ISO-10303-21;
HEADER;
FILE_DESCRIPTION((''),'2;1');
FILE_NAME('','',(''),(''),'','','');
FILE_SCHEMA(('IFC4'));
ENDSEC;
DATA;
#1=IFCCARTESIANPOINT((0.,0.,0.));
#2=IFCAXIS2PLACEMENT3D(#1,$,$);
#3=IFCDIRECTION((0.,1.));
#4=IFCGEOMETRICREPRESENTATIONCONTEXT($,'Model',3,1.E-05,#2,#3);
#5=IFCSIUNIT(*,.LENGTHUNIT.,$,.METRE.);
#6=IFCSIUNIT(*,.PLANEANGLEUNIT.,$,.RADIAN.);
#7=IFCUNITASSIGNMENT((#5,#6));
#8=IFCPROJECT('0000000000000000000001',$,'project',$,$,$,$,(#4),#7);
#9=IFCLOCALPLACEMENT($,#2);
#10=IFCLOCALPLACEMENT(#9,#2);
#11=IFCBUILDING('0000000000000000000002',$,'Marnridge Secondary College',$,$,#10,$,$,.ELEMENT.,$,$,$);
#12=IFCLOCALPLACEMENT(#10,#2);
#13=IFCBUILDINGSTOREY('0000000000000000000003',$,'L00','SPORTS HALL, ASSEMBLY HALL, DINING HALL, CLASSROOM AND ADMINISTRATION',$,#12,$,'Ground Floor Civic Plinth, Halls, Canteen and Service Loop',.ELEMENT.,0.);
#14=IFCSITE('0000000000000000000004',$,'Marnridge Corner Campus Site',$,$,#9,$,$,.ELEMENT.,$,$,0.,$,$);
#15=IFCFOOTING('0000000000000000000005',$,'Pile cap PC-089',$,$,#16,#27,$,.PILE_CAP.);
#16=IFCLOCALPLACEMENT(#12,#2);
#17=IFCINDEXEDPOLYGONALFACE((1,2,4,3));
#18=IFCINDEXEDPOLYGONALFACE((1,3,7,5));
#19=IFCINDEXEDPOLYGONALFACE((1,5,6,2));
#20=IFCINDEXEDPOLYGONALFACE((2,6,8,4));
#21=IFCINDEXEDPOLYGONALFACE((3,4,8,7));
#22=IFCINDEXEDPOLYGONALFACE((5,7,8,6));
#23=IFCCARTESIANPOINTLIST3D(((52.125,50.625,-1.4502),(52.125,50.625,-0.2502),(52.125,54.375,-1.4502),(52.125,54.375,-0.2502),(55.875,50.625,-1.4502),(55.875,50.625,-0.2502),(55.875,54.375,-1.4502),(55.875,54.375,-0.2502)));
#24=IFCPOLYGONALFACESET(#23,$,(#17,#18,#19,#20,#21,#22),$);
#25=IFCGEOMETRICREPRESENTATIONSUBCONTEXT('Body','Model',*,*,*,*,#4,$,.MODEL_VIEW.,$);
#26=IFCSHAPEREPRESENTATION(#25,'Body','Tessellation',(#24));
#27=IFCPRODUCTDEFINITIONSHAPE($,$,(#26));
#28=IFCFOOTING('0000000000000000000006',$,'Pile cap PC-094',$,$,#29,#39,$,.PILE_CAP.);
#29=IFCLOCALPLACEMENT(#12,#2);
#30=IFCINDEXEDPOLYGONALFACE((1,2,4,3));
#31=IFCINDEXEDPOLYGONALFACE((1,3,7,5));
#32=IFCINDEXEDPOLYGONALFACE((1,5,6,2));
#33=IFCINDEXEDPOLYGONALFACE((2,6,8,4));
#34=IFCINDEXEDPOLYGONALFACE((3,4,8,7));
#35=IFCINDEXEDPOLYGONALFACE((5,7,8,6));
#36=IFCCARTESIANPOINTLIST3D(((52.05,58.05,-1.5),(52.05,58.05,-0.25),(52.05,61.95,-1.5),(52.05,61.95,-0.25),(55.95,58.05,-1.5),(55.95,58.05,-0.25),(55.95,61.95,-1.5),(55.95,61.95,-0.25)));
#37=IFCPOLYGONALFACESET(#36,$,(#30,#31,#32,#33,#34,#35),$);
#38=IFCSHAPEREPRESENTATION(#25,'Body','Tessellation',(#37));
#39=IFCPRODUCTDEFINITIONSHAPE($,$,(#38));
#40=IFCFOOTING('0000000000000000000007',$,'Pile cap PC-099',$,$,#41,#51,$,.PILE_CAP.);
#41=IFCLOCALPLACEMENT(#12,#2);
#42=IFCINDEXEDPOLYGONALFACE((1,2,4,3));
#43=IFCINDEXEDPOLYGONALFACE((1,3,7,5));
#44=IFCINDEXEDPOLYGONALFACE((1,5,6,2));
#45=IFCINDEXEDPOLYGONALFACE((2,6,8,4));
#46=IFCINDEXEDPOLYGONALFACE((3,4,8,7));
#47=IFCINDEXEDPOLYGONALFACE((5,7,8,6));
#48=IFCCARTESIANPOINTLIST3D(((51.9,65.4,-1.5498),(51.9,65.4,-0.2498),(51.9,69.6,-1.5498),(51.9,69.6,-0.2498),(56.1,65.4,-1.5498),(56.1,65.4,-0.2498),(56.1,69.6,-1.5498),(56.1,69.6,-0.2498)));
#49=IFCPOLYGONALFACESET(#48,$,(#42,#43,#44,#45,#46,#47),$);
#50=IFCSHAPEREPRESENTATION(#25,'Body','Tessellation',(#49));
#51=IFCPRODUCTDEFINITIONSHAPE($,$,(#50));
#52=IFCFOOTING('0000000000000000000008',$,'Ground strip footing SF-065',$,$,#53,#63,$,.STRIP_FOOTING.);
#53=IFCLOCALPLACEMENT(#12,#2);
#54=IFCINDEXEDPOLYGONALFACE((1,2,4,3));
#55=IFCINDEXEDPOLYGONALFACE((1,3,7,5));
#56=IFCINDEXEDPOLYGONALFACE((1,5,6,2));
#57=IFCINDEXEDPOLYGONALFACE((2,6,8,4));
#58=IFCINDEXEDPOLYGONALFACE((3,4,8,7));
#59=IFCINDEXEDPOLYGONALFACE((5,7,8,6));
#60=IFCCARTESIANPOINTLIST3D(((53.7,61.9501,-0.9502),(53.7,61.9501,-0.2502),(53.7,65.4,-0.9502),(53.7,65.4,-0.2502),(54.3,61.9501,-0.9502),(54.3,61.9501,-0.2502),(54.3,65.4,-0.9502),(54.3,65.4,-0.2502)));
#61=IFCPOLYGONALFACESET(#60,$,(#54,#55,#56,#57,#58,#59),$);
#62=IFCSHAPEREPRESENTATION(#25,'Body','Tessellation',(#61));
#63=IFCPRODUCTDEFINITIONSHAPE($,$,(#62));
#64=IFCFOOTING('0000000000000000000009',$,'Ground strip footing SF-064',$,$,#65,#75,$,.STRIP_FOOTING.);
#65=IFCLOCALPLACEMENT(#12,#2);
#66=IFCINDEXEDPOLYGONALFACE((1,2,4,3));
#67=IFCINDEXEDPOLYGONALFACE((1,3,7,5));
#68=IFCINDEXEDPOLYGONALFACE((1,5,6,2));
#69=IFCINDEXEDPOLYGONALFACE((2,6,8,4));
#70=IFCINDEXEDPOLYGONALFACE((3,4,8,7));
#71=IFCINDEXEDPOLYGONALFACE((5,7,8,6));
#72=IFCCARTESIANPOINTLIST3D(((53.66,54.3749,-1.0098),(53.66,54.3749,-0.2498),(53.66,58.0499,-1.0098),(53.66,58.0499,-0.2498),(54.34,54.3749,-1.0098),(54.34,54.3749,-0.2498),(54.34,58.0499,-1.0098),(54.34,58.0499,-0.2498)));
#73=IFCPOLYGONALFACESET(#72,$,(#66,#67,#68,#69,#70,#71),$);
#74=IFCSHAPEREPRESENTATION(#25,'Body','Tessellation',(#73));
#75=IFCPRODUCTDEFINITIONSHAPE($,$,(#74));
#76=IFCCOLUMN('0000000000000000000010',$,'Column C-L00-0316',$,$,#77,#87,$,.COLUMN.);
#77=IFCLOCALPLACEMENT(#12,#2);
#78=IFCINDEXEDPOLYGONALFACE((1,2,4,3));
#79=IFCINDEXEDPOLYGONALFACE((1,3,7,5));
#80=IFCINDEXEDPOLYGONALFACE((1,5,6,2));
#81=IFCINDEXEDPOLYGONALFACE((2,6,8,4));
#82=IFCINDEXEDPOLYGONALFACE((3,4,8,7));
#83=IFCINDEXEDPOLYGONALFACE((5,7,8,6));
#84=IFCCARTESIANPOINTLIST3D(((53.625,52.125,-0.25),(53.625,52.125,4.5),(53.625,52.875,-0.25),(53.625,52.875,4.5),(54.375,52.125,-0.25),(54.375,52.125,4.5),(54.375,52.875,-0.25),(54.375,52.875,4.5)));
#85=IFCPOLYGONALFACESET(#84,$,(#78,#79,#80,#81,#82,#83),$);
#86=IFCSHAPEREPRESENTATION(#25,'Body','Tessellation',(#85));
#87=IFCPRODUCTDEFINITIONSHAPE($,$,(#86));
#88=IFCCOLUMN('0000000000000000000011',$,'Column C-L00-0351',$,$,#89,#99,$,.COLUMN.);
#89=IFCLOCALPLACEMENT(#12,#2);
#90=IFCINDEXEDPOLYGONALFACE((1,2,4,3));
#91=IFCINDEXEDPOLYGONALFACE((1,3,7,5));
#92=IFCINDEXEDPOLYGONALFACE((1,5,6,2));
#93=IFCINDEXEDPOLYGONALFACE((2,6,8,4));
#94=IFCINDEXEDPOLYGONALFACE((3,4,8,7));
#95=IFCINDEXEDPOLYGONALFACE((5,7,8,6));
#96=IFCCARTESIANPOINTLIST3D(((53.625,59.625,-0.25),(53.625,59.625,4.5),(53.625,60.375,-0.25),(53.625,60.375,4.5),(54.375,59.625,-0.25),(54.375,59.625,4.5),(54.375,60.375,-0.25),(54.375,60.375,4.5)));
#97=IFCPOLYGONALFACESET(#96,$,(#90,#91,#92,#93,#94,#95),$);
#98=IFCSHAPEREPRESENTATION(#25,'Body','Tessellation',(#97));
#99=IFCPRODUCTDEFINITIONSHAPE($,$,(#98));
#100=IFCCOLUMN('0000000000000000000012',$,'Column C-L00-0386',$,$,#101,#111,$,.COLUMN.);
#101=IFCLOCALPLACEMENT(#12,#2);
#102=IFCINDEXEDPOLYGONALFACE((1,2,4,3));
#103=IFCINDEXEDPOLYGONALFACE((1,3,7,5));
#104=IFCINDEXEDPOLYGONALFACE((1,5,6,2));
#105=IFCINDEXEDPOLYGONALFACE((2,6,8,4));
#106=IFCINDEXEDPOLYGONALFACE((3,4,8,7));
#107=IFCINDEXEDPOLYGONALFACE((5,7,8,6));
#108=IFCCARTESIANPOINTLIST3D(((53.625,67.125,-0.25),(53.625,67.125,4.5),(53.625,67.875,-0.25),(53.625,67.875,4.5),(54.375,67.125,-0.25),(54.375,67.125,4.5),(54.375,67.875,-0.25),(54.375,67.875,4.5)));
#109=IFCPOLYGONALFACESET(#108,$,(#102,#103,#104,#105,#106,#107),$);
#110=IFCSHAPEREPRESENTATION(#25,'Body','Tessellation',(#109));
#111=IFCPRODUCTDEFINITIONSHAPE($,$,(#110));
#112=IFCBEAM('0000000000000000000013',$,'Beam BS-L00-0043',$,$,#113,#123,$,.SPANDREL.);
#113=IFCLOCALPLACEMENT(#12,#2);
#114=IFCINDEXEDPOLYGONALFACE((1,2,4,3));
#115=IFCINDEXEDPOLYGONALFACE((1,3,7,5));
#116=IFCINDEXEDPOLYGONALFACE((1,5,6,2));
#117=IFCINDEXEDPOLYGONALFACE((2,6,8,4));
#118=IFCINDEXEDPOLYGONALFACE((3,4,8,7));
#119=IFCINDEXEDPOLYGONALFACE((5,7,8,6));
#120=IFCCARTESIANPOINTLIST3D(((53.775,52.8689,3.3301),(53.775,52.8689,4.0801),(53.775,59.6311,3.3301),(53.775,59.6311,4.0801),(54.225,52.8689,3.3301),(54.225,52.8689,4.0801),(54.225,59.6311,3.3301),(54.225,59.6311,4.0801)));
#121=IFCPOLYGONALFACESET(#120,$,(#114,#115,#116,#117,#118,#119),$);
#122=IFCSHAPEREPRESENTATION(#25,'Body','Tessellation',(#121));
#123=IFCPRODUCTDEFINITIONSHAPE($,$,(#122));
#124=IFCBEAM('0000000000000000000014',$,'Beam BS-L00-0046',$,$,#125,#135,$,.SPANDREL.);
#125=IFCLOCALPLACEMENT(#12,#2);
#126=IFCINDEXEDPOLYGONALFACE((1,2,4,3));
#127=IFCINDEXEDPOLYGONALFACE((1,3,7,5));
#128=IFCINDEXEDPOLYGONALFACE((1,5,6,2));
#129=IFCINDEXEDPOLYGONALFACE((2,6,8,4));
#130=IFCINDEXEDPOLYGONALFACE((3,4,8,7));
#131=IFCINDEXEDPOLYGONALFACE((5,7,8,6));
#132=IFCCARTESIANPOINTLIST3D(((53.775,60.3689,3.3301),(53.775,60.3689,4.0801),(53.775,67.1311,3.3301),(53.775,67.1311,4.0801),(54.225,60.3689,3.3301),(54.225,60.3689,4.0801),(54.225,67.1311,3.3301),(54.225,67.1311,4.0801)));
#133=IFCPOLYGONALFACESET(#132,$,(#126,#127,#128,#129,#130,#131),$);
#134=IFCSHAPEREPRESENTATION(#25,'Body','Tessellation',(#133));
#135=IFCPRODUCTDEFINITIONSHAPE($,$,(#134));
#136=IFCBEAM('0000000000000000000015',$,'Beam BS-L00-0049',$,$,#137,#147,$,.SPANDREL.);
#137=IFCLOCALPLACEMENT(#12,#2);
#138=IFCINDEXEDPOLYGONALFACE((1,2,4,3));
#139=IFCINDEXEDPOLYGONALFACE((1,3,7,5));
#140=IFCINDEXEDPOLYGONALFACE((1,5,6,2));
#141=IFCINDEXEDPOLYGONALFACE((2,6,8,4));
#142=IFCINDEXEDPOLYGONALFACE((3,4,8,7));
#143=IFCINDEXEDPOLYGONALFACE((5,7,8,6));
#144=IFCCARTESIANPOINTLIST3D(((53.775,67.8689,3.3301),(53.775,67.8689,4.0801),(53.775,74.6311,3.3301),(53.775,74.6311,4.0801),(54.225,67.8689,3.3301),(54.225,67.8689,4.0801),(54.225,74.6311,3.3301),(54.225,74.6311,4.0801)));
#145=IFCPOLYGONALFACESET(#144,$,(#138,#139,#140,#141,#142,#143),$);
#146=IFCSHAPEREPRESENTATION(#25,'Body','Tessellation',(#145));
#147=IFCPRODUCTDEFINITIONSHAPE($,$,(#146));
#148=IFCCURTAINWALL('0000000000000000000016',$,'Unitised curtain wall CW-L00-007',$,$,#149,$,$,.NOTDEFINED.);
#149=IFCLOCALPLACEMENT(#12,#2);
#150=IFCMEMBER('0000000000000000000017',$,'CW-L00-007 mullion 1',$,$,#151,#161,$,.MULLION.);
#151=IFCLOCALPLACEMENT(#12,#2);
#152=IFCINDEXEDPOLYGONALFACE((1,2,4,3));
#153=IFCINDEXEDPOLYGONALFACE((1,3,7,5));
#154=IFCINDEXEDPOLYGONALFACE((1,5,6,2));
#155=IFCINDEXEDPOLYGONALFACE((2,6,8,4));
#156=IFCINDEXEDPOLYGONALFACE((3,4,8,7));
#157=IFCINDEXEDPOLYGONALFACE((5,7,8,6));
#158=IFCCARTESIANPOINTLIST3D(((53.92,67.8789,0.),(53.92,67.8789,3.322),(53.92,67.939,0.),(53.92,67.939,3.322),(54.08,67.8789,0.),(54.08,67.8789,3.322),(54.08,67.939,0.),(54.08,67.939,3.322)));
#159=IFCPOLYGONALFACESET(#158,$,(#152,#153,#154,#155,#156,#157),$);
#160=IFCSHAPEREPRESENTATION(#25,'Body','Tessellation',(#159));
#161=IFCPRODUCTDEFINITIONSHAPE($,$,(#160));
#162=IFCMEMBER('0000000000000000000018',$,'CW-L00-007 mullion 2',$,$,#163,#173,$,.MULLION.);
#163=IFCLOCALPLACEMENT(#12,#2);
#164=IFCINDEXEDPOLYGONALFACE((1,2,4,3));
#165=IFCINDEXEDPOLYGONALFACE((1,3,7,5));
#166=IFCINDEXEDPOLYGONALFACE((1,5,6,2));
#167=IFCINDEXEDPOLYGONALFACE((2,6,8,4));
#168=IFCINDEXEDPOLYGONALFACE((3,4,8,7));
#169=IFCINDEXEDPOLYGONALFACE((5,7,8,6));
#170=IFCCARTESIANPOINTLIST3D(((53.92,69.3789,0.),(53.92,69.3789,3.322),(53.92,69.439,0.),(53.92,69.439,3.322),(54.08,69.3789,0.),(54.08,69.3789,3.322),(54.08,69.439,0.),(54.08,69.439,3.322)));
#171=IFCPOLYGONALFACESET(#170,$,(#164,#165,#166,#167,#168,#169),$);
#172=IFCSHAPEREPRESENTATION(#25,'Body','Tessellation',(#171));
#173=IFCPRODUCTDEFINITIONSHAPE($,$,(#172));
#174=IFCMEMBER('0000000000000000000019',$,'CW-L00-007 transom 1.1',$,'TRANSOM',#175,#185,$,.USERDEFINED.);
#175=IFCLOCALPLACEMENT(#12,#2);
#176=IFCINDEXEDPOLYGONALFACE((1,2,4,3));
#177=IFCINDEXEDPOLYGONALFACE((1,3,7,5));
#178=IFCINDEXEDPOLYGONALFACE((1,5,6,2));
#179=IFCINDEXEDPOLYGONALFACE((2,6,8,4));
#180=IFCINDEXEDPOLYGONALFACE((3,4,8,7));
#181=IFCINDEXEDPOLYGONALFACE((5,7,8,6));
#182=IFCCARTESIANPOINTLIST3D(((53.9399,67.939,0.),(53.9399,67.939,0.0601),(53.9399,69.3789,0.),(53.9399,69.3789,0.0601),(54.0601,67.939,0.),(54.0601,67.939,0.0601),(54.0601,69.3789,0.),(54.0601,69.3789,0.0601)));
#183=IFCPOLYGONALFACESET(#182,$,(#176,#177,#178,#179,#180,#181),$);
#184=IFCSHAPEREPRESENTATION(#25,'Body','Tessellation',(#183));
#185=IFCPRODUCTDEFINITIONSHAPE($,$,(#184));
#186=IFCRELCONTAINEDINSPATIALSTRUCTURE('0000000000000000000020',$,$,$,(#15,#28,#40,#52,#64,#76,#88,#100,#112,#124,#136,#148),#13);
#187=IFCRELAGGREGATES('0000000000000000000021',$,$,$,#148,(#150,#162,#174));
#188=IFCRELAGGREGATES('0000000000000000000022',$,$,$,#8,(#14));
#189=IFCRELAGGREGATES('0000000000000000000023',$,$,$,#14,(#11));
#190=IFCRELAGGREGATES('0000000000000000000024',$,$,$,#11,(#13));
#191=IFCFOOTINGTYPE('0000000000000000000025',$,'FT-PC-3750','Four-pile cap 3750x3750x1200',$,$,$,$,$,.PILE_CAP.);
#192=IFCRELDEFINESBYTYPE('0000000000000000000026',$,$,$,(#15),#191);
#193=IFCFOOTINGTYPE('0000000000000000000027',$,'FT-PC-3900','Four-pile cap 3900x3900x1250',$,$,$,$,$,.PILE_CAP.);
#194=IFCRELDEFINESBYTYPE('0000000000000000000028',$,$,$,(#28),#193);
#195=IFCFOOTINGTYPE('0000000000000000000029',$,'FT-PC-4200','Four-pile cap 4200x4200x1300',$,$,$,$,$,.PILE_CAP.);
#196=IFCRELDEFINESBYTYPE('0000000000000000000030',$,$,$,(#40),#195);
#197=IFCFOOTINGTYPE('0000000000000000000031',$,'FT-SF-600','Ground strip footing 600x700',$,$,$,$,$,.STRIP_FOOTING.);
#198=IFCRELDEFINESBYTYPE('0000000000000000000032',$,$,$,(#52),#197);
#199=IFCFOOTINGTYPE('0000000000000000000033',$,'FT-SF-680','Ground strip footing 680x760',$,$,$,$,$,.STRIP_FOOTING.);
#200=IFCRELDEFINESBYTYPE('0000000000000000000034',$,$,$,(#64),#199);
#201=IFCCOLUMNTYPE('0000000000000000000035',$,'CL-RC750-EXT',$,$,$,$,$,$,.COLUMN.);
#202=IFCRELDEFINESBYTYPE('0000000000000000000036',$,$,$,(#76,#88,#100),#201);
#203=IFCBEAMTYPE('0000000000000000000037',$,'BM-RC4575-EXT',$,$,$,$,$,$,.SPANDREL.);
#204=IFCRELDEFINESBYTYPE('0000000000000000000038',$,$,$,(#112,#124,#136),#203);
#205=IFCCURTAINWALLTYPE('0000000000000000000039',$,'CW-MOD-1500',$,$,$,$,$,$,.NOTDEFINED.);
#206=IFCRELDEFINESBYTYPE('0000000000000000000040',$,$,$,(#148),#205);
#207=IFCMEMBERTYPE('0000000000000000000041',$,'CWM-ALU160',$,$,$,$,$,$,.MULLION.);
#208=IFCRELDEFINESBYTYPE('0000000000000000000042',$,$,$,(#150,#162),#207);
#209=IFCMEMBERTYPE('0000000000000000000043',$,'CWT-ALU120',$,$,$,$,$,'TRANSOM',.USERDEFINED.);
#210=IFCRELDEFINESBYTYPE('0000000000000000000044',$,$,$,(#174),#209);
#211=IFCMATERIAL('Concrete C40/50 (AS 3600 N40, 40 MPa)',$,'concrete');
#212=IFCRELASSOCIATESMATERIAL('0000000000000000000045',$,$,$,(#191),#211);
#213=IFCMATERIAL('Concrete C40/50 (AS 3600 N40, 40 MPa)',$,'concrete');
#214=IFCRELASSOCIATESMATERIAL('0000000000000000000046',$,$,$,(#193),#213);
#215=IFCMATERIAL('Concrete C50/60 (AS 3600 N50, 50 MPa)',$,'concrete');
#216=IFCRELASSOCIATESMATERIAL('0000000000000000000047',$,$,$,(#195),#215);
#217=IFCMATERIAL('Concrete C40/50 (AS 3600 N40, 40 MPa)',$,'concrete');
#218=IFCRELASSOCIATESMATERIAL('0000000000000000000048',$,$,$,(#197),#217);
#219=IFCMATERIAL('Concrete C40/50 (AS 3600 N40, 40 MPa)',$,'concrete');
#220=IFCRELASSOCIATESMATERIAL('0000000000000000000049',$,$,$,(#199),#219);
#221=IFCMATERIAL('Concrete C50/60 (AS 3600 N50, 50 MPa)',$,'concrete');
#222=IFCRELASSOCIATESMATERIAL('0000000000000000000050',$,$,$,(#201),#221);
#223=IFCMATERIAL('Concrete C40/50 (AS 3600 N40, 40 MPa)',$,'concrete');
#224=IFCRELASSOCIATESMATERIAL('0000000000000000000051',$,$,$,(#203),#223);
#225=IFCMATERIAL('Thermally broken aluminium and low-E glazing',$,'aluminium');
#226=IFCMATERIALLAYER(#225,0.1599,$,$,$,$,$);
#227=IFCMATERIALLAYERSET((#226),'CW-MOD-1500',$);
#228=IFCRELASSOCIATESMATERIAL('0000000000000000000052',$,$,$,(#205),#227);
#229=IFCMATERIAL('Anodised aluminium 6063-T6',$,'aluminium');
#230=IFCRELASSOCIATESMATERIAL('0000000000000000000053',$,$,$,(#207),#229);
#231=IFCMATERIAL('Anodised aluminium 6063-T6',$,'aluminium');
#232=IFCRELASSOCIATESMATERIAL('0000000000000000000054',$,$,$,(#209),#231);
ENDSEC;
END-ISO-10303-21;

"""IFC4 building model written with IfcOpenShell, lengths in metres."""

from ifc_helpers import new_model, si_unit, direction, frame, origin, origin_2d, place, context, subcontext, project, spatial, rectangle, extrude, material, layer, layer_set, material_profile, profile_set, type_object, element, aggregate, save


model = new_model("IFC4")

# Units and contexts
model_context = context("Model", 3, precision=1e-05, world=origin(), true_north=direction((0.0, 1.0)))
body_context = subcontext(model_context, "Body", "Model", "MODEL_VIEW")
ifc_project = project(units=[si_unit("LENGTHUNIT", "METRE"), si_unit("PLANEANGLEUNIT", "RADIAN")], contexts=[model_context])

# Site, building, storey
site_placement = place(None, origin())
site = spatial("IfcSite", under=ifc_project, at=site_placement, Name="Marnridge Corner Campus Site", CompositionType="ELEMENT", RefElevation=0.0)
building_placement = place(site_placement, origin())
building = spatial("IfcBuilding", under=site, at=building_placement, Name="Marnridge Secondary College", CompositionType="ELEMENT")
storey_placement = place(building_placement, origin())
storey = spatial("IfcBuildingStorey", under=building, at=storey_placement, Name="L00", Description="SPORTS HALL, ASSEMBLY HALL, DINING HALL, CLASSROOM AND ADMINISTRATION", LongName="Ground Floor Civic Plinth, Halls, Canteen and Service Loop", CompositionType="ELEMENT", Elevation=0.0)

# Footings
ifc_material_1 = material(Name="Concrete C40/50 (AS 3600 N40, 40 MPa)", Category="concrete")
footing_type_1 = type_object("IfcFootingType", Name="FT-PC-3750", Description="Four-pile cap 3750x3750x1200", PredefinedType="PILE_CAP", material=ifc_material_1)
footing_1_placement = place(storey_placement, frame((54.0, 52.5, -1.4502), z_axis=(0.0, 0.0, 1.0), x_axis=(1.0, 0.0, 0.0)))
element("IfcFooting", 1, at=footing_1_placement, inside=storey, type_object=footing_type_1, Name="Pile cap PC-089", PredefinedType="PILE_CAP", context=body_context, shape_type="SweptSolid", body=[
    extrude(rectangle(XDim=3.75, YDim=3.75, at=origin_2d()), origin(), (0.0, 0.0, 1.0), 1.2),
])
ifc_material_2 = material(Name="Concrete C40/50 (AS 3600 N40, 40 MPa)", Category="concrete")
footing_type_2 = type_object("IfcFootingType", Name="FT-PC-3900", Description="Four-pile cap 3900x3900x1250", PredefinedType="PILE_CAP", material=ifc_material_2)
footing_2_placement = place(storey_placement, frame((54.0, 60.0, -1.5), z_axis=(0.0, 0.0, 1.0), x_axis=(1.0, 0.0, 0.0)))
element("IfcFooting", 2, at=footing_2_placement, inside=storey, type_object=footing_type_2, Name="Pile cap PC-094", PredefinedType="PILE_CAP", context=body_context, shape_type="SweptSolid", body=[
    extrude(rectangle(XDim=3.8999, YDim=3.8999, at=origin_2d()), origin(), (0.0, 0.0, 1.0), 1.25),
])
ifc_material_3 = material(Name="Concrete C50/60 (AS 3600 N50, 50 MPa)", Category="concrete")
footing_type_3 = type_object("IfcFootingType", Name="FT-PC-4200", Description="Four-pile cap 4200x4200x1300", PredefinedType="PILE_CAP", material=ifc_material_3)
footing_3_placement = place(storey_placement, frame((54.0, 67.5, -1.5498), z_axis=(0.0, 0.0, 1.0), x_axis=(1.0, 0.0, 0.0)))
element("IfcFooting", 3, at=footing_3_placement, inside=storey, type_object=footing_type_3, Name="Pile cap PC-099", PredefinedType="PILE_CAP", context=body_context, shape_type="SweptSolid", body=[
    extrude(rectangle(XDim=4.2, YDim=4.2, at=origin_2d()), origin(), (0.0, 0.0, 1.0), 1.3),
])
ifc_material_4 = material(Name="Concrete C40/50 (AS 3600 N40, 40 MPa)", Category="concrete")
footing_type_4 = type_object("IfcFootingType", Name="FT-SF-600", Description="Ground strip footing 600x700", PredefinedType="STRIP_FOOTING", material=ifc_material_4)
footing_4_placement = place(storey_placement, frame((54.0, 63.675, -0.9502), z_axis=(0.0, 0.0, 1.0), x_axis=(1.0, 0.0, 0.0)))
element("IfcFooting", 4, at=footing_4_placement, inside=storey, type_object=footing_type_4, Name="Ground strip footing SF-065", PredefinedType="STRIP_FOOTING", context=body_context, shape_type="SweptSolid", body=[
    extrude(rectangle(XDim=0.6001, YDim=3.45, at=origin_2d()), origin(), (0.0, 0.0, 1.0), 0.7),
])
ifc_material_5 = material(Name="Concrete C40/50 (AS 3600 N40, 40 MPa)", Category="concrete")
footing_type_5 = type_object("IfcFootingType", Name="FT-SF-680", Description="Ground strip footing 680x760", PredefinedType="STRIP_FOOTING", material=ifc_material_5)
footing_5_placement = place(storey_placement, frame((54.0, 56.2124, -1.0098), z_axis=(0.0, 0.0, 1.0), x_axis=(1.0, 0.0, 0.0)))
element("IfcFooting", 5, at=footing_5_placement, inside=storey, type_object=footing_type_5, Name="Ground strip footing SF-064", PredefinedType="STRIP_FOOTING", context=body_context, shape_type="SweptSolid", body=[
    extrude(rectangle(XDim=0.6799, YDim=3.675, at=origin_2d()), origin(), (0.0, 0.0, 1.0), 0.76),
])

# Columns
ifc_material_6 = material(Name="Concrete C50/60 (AS 3600 N50, 50 MPa)", Category="concrete")
ifc_material_profile_1 = material_profile(ifc_material_6, rectangle(XDim=0.75, YDim=0.75, at=origin_2d()), Name="RC 750x750")
ifc_profile_set_1 = profile_set([ifc_material_profile_1], Name="Concrete C50/60 (AS 3600 N50, 50 MPa)")
column_type = type_object("IfcColumnType", Name="CL-RC750-EXT", PredefinedType="COLUMN", material=ifc_profile_set_1)
for number, where, z_axis, x_axis, name in (
    (6, (54.0, 52.5, -0.25), (0.0, 0.0, 1.0), (1.0, 0.0, 0.0), "Column C-L00-0316"),
    (7, (54.0, 60.0, -0.25), (0.0, 0.0, 1.0), (1.0, 0.0, 0.0), "Column C-L00-0351"),
    (8, (54.0, 67.5, -0.25), (0.0, 0.0, 1.0), (1.0, 0.0, 0.0), "Column C-L00-0386"),
):
    element("IfcColumn", number, at=place(storey_placement, frame(where, z_axis=z_axis, x_axis=x_axis)), inside=storey, type_object=column_type, Name=name, PredefinedType="COLUMN", context=body_context, shape_type="SweptSolid", body=[
        extrude(rectangle(XDim=0.75, YDim=0.75, at=origin_2d()), origin(), (0.0, 0.0, 1.0), 4.75),
    ])

# Beams
ifc_material_7 = material(Name="Concrete C40/50 (AS 3600 N40, 40 MPa)", Category="concrete")
ifc_material_profile_2 = material_profile(ifc_material_7, rectangle(XDim=0.45, YDim=0.75, at=origin_2d()), Name="RC 450x750")
ifc_profile_set_2 = profile_set([ifc_material_profile_2], Name="Concrete C40/50 (AS 3600 N40, 40 MPa)")
beam_type = type_object("IfcBeamType", Name="BM-RC4575-EXT", PredefinedType="SPANDREL", material=ifc_profile_set_2)
for number, where, z_axis, x_axis, name in (
    (9, (54.0, 52.8689, 3.7051), (0.0, 1.0, 0.0), (-1.0, 0.0, 0.0), "Beam BS-L00-0043"),
    (10, (54.0, 60.3689, 3.7051), (0.0, 1.0, 0.0), (-1.0, 0.0, 0.0), "Beam BS-L00-0046"),
    (11, (54.0, 67.8689, 3.7051), (0.0, 1.0, 0.0), (-1.0, 0.0, 0.0), "Beam BS-L00-0049"),
):
    element("IfcBeam", number, at=place(storey_placement, frame(where, z_axis=z_axis, x_axis=x_axis)), inside=storey, type_object=beam_type, Name=name, PredefinedType="SPANDREL", context=body_context, shape_type="SweptSolid", body=[
        extrude(rectangle(XDim=0.45, YDim=0.75, at=origin_2d()), origin(), (0.0, 0.0, 1.0), 6.7622),
    ])

# Curtain wall, members
ifc_material_8 = material(Name="Thermally broken aluminium and low-E glazing", Category="aluminium")
ifc_layer_1 = layer(ifc_material_8, 0.1599)
ifc_layer_set_1 = layer_set([ifc_layer_1], Name="CW-MOD-1500")
curtain_wall_type = type_object("IfcCurtainWallType", Name="CW-MOD-1500", PredefinedType="NOTDEFINED", material=ifc_layer_set_1)
curtain_wall_placement = place(storey_placement, origin())
curtain_wall = element("IfcCurtainWall", 12, at=curtain_wall_placement, inside=storey, type_object=curtain_wall_type, Name="Unitised curtain wall CW-L00-007", PredefinedType="NOTDEFINED")
ifc_material_9 = material(Name="Anodised aluminium 6063-T6", Category="aluminium")
ifc_material_profile_3 = material_profile(ifc_material_9, rectangle(XDim=0.0601, YDim=0.1599, at=origin_2d()), Name="ALU 60x160")
ifc_profile_set_3 = profile_set([ifc_material_profile_3], Name="Anodised aluminium 6063-T6")
member_type_1 = type_object("IfcMemberType", Name="CWM-ALU160", PredefinedType="MULLION", material=ifc_profile_set_3)
member_1_placement = place(storey_placement, frame((54.0, 67.9089, 0.0), z_axis=(0.0, 0.0, 1.0), x_axis=(0.0, 1.0, 0.0)))
member_1 = element("IfcMember", 13, at=member_1_placement, type_object=member_type_1, Name="CW-L00-007 mullion 1", PredefinedType="MULLION", context=body_context, shape_type="SweptSolid", body=[
    extrude(rectangle(XDim=0.0601, YDim=0.1599, at=origin_2d()), origin(), (0.0, 0.0, 1.0), 3.322),
])
member_2_placement = place(storey_placement, frame((54.0, 69.4089, 0.0), z_axis=(0.0, 0.0, 1.0), x_axis=(0.0, 1.0, 0.0)))
member_2 = element("IfcMember", 14, at=member_2_placement, type_object=member_type_1, Name="CW-L00-007 mullion 2", PredefinedType="MULLION", context=body_context, shape_type="SweptSolid", body=[
    extrude(rectangle(XDim=0.0601, YDim=0.1599, at=origin_2d()), origin(), (0.0, 0.0, 1.0), 3.322),
])
ifc_material_10 = material(Name="Anodised aluminium 6063-T6", Category="aluminium")
ifc_material_profile_4 = material_profile(ifc_material_10, rectangle(XDim=0.0601, YDim=0.1201, at=origin_2d()), Name="ALU 60x120")
ifc_profile_set_4 = profile_set([ifc_material_profile_4], Name="Anodised aluminium 6063-T6")
member_type_2 = type_object("IfcMemberType", Name="CWT-ALU120", ElementType="TRANSOM", PredefinedType="USERDEFINED", material=ifc_profile_set_4)
member_3_placement = place(storey_placement, frame((54.0, 67.939, 0.03), z_axis=(0.0, 1.0, 0.0), x_axis=(0.0, 0.0, 1.0)))
member_3 = element("IfcMember", 15, at=member_3_placement, type_object=member_type_2, Name="CW-L00-007 transom 1.1", ObjectType="TRANSOM", PredefinedType="USERDEFINED", context=body_context, shape_type="SweptSolid", body=[
    extrude(rectangle(XDim=0.0601, YDim=0.1201, at=origin_2d()), origin(), (0.0, 0.0, 1.0), 1.4399),
])
aggregate(curtain_wall, [member_1, member_2, member_3])

save(model, "model.ifc")
